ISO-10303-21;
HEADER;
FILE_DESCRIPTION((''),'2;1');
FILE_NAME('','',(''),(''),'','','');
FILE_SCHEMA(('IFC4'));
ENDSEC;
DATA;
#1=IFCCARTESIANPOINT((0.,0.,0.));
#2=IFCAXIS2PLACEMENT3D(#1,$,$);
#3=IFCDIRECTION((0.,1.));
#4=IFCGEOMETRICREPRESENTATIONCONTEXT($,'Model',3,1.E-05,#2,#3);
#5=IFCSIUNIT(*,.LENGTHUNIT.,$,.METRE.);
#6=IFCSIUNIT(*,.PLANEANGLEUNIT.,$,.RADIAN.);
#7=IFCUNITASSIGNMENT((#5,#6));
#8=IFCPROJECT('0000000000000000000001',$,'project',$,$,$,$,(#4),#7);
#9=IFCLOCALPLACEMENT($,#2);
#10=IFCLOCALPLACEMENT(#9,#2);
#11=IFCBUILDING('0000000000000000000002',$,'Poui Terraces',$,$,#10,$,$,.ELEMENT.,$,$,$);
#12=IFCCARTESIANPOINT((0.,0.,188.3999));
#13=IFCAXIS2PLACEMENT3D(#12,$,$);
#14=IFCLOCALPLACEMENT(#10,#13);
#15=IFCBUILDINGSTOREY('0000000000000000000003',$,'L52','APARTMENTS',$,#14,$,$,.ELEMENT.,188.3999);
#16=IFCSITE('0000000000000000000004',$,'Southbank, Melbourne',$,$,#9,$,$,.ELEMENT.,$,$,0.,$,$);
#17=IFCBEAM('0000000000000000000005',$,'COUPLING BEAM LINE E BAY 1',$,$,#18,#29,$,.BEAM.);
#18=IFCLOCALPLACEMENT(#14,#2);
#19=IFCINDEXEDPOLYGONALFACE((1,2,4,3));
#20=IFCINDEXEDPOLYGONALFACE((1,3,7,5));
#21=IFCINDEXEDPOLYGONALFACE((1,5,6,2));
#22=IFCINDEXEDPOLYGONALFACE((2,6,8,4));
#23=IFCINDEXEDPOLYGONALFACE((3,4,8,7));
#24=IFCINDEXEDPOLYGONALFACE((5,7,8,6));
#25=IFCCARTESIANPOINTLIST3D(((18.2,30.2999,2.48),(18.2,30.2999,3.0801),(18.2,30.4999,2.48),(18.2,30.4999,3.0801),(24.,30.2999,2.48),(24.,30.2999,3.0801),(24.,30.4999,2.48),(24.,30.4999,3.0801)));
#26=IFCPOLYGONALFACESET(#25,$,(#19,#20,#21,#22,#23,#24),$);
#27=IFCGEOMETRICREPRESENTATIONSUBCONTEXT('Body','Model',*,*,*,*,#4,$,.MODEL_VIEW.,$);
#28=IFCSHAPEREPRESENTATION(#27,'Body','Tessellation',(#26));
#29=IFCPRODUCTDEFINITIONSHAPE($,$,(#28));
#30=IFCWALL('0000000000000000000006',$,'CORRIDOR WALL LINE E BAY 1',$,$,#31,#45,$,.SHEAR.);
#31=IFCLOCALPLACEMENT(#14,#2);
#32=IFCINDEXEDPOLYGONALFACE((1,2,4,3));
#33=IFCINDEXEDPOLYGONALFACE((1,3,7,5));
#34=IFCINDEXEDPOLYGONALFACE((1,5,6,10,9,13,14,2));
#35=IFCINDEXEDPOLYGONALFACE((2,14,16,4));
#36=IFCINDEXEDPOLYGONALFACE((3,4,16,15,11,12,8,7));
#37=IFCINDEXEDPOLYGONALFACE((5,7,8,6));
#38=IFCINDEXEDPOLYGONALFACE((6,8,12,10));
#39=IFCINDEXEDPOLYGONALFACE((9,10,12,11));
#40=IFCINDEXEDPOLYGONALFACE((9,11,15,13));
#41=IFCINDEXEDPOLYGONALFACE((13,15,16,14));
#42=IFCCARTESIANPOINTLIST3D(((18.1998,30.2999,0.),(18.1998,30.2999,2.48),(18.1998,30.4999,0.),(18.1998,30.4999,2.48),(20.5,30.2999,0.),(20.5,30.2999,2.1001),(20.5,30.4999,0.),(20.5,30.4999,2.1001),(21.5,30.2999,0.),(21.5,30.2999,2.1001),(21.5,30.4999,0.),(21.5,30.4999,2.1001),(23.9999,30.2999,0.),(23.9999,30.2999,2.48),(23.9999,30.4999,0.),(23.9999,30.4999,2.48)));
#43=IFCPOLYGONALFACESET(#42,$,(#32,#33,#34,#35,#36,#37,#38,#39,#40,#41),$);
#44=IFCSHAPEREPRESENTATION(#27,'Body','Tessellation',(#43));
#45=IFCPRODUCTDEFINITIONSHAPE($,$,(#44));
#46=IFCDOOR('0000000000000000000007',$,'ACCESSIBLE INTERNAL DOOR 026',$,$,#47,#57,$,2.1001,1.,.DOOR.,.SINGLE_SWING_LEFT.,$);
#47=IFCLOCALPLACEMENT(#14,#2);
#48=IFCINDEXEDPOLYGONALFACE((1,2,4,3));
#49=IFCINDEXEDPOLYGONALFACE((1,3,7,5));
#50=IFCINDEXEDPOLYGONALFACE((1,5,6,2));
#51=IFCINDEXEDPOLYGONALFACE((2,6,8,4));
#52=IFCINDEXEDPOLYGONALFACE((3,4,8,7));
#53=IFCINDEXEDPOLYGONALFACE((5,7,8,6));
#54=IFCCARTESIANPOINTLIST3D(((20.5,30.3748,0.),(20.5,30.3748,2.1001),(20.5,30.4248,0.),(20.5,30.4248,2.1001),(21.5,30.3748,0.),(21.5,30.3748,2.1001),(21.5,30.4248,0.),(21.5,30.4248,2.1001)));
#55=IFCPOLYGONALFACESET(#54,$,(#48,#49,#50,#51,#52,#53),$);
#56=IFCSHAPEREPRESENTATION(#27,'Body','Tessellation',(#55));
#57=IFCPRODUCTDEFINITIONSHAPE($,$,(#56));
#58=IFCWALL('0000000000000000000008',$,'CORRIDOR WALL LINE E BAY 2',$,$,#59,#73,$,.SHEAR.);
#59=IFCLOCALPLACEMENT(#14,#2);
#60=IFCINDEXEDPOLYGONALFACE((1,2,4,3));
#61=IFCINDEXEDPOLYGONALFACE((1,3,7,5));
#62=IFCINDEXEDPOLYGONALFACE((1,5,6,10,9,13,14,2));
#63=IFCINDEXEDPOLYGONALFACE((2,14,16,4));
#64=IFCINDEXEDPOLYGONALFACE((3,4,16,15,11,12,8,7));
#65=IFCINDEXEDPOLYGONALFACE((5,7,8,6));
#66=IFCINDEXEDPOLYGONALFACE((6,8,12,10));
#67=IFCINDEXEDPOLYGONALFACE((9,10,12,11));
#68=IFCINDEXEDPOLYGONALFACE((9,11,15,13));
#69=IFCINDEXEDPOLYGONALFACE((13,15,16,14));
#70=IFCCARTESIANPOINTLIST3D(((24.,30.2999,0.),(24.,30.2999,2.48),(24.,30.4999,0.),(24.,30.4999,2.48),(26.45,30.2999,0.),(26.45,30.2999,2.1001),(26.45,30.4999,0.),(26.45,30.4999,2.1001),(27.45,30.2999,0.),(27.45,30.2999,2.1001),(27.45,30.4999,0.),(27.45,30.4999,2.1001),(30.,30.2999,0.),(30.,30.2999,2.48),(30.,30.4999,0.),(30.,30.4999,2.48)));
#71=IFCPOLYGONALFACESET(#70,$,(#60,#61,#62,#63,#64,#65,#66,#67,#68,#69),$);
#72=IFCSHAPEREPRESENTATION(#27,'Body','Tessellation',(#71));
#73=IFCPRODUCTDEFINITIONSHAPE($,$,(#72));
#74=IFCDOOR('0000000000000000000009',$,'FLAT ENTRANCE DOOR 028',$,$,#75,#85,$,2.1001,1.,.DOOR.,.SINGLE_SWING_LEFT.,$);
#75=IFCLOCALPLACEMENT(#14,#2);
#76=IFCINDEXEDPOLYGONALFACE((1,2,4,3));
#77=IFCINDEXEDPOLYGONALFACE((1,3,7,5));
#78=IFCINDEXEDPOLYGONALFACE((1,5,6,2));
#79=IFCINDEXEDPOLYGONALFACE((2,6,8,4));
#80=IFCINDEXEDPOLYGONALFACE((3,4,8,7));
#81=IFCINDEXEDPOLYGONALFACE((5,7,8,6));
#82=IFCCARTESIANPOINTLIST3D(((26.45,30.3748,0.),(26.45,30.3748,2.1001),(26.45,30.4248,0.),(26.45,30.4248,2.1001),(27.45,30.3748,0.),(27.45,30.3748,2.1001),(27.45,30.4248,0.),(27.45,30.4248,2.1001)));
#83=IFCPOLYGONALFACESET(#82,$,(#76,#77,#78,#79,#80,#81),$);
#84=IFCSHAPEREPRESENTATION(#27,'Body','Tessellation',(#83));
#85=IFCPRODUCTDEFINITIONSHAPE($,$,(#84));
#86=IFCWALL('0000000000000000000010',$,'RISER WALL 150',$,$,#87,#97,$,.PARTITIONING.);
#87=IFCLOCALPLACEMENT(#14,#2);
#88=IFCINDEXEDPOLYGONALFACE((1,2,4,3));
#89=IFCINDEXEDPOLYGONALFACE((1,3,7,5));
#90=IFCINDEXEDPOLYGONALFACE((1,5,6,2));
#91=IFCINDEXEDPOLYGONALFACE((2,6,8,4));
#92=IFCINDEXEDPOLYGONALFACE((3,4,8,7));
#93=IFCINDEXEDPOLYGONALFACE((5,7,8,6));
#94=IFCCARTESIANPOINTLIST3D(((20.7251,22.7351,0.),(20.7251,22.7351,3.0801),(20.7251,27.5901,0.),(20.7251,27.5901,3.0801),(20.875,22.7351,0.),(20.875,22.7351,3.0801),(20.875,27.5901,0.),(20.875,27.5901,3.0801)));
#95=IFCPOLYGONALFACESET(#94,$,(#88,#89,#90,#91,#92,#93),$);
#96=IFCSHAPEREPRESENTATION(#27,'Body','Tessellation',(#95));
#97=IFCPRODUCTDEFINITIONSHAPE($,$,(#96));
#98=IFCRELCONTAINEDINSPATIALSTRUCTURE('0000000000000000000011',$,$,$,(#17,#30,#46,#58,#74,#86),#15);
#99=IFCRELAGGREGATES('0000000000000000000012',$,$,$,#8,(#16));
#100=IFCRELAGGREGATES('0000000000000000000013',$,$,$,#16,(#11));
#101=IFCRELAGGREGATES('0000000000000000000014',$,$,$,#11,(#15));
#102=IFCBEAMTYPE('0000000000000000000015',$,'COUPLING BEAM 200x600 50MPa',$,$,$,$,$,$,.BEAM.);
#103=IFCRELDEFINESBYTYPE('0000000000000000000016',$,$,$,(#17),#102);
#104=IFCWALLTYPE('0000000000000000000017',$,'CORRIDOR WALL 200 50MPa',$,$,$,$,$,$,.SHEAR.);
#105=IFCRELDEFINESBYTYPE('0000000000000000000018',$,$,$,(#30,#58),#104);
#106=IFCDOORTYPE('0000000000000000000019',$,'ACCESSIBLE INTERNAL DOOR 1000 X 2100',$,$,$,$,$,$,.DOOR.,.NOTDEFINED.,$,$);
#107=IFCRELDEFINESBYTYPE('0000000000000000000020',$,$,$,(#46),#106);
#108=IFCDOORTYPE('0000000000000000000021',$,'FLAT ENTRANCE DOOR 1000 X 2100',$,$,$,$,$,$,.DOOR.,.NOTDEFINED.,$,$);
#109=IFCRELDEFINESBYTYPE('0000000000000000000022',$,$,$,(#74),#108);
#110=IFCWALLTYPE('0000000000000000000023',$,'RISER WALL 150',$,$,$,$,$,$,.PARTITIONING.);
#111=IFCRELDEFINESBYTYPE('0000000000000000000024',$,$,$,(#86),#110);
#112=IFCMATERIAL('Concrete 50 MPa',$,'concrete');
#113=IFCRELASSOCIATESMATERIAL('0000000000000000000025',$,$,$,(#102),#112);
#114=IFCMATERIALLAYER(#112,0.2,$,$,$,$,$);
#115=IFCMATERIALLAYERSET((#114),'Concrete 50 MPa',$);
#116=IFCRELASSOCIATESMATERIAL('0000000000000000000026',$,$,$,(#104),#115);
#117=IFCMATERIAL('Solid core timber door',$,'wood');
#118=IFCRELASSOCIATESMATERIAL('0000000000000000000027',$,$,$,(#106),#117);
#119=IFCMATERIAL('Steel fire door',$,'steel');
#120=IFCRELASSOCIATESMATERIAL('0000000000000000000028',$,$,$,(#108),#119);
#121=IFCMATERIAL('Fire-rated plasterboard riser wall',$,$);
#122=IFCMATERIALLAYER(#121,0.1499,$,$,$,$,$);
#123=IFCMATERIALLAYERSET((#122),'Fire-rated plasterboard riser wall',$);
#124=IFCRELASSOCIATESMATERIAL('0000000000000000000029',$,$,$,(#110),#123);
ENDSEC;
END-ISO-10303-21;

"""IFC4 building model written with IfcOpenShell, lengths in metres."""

from ifc_helpers import new_model, si_unit, direction, frame, frame_2d, origin, origin_2d, place, context, subcontext, project, spatial, rectangle, extrude, source, transform, mapped, material, layer, layer_set, material_profile, profile_set, type_object, element, fill, save


model = new_model("IFC4")

# Units and contexts
model_context = context("Model", 3, precision=1e-05, world=origin(), true_north=direction((0.0, 1.0)))
body_context = subcontext(model_context, "Body", "Model", "MODEL_VIEW")
ifc_project = project(units=[si_unit("LENGTHUNIT", "METRE"), si_unit("PLANEANGLEUNIT", "RADIAN")], contexts=[model_context])

# Site, building, storey
site_placement = place(None, origin())
site = spatial("IfcSite", under=ifc_project, at=site_placement, Name="Southbank, Melbourne", CompositionType="ELEMENT", RefElevation=0.0)
building_placement = place(site_placement, origin())
building = spatial("IfcBuilding", under=site, at=building_placement, Name="Poui Terraces", CompositionType="ELEMENT")
storey_placement = place(building_placement, frame((0.0, 0.0, 188.3999)))
storey = spatial("IfcBuildingStorey", under=building, at=storey_placement, Name="L52", Description="APARTMENTS", CompositionType="ELEMENT", Elevation=188.3999)

# Beam
ifc_material_1 = material(Name="Concrete 50 MPa", Category="concrete")
ifc_material_profile = material_profile(ifc_material_1, rectangle(XDim=0.2, YDim=0.6001, at=origin_2d()), Name="RC 200x600")
ifc_profile_set = profile_set([ifc_material_profile], Name="Concrete 50 MPa")
beam_type = type_object("IfcBeamType", Name="COUPLING BEAM 200x600 50MPa", PredefinedType="BEAM", material=ifc_profile_set)
shared_shape = source(origin(), body_context, "Body", "SweptSolid", [
    extrude(rectangle(XDim=0.2, YDim=0.6001, at=origin_2d()), origin(), (0.0, 0.0, 1.0), 5.8),
])
beam_placement = place(storey_placement, frame((18.2, 30.3999, 2.78), z_axis=(1.0, 0.0, 0.0), x_axis=(0.0, 1.0, 0.0)))
element("IfcBeam", 1, at=beam_placement, inside=storey, type_object=beam_type, Name="COUPLING BEAM LINE E BAY 1", PredefinedType="BEAM", context=body_context, shape_type="MappedRepresentation", body=[
    mapped(shared_shape, transform((0.0, 0.0, 0.0))),
])

# Walls, openings, doors
ifc_layer_1 = layer(ifc_material_1, 0.2)
ifc_layer_set_1 = layer_set([ifc_layer_1], Name="Concrete 50 MPa")
wall_type_1 = type_object("IfcWallType", Name="CORRIDOR WALL 200 50MPa", PredefinedType="SHEAR", material=ifc_layer_set_1)
wall_1_placement = place(storey_placement, frame((18.2, 30.3999, 0.0), z_axis=(0.0, 0.0, 1.0), x_axis=(1.0, 0.0, 0.0)))
wall_1 = element("IfcWall", 2, at=wall_1_placement, inside=storey, type_object=wall_type_1, Name="CORRIDOR WALL LINE E BAY 1", PredefinedType="SHEAR", context=body_context, shape_type="SweptSolid", body=[
    extrude(rectangle(XDim=5.8, YDim=0.2, at=frame_2d((2.8999, 0.0))), origin(), (0.0, 0.0, 1.0), 2.48),
])
opening_1_placement = place(wall_1_placement, frame((2.3, 0.0, 0.0)))
opening_1 = element("IfcOpeningElement", 3, at=opening_1_placement, cuts=wall_1, PredefinedType="OPENING", context=body_context, shape_type="SweptSolid", body=[
    extrude(rectangle(XDim=1.0, YDim=2.1001, at=frame_2d((0.5, 1.05))), frame((0.0, 0.1099, 0.0), z_axis=(0.0, -1.0, 0.0), x_axis=(1.0, 0.0, 0.0)), (0.0, 0.0, 1.0), 0.22),
])
ifc_material_2 = material(Name="Solid core timber door", Category="wood")
door_type_1 = type_object("IfcDoorType", Name="ACCESSIBLE INTERNAL DOOR 1000 X 2100", OperationType="NOTDEFINED", PredefinedType="DOOR", material=ifc_material_2)
door_1_placement = place(opening_1_placement, origin())
door_1 = element("IfcDoor", 4, at=door_1_placement, inside=storey, type_object=door_type_1, Name="ACCESSIBLE INTERNAL DOOR 026", OperationType="SINGLE_SWING_LEFT", OverallHeight=2.1001, OverallWidth=1.0, PredefinedType="DOOR", context=body_context, shape_type="SweptSolid", body=[
    extrude(rectangle(XDim=1.0, YDim=2.1001, at=frame_2d((0.5, 1.05))), frame((0.0, 0.0249, 0.0), z_axis=(0.0, -1.0, 0.0), x_axis=(1.0, 0.0, 0.0)), (0.0, 0.0, 1.0), 0.05),
])
fill(opening_1, door_1)
wall_2_placement = place(storey_placement, frame((24.0, 30.3999, 0.0), z_axis=(0.0, 0.0, 1.0), x_axis=(1.0, 0.0, 0.0)))
wall_2 = element("IfcWall", 5, at=wall_2_placement, inside=storey, type_object=wall_type_1, Name="CORRIDOR WALL LINE E BAY 2", PredefinedType="SHEAR", context=body_context, shape_type="SweptSolid", body=[
    extrude(rectangle(XDim=6.0, YDim=0.2, at=frame_2d((3.0, 0.0))), origin(), (0.0, 0.0, 1.0), 2.48),
])
opening_2_placement = place(wall_2_placement, frame((2.45, 0.0, 0.0)))
opening_2 = element("IfcOpeningElement", 6, at=opening_2_placement, cuts=wall_2, PredefinedType="OPENING", context=body_context, shape_type="SweptSolid", body=[
    extrude(rectangle(XDim=1.0, YDim=2.1001, at=frame_2d((0.5, 1.05))), frame((0.0, 0.1099, 0.0), z_axis=(0.0, -1.0, 0.0), x_axis=(1.0, 0.0, 0.0)), (0.0, 0.0, 1.0), 0.22),
])
ifc_material_3 = material(Name="Steel fire door", Category="steel")
door_type_2 = type_object("IfcDoorType", Name="FLAT ENTRANCE DOOR 1000 X 2100", OperationType="NOTDEFINED", PredefinedType="DOOR", material=ifc_material_3)
door_2_placement = place(opening_2_placement, origin())
door_2 = element("IfcDoor", 7, at=door_2_placement, inside=storey, type_object=door_type_2, Name="FLAT ENTRANCE DOOR 028", OperationType="SINGLE_SWING_LEFT", OverallHeight=2.1001, OverallWidth=1.0, PredefinedType="DOOR", context=body_context, shape_type="SweptSolid", body=[
    extrude(rectangle(XDim=1.0, YDim=2.1001, at=frame_2d((0.5, 1.05))), frame((0.0, 0.0249, 0.0), z_axis=(0.0, -1.0, 0.0), x_axis=(1.0, 0.0, 0.0)), (0.0, 0.0, 1.0), 0.05),
])
fill(opening_2, door_2)

# Wall
ifc_material_4 = material(Name="Fire-rated plasterboard riser wall")
ifc_layer_2 = layer(ifc_material_4, 0.1499)
ifc_layer_set_2 = layer_set([ifc_layer_2], Name="Fire-rated plasterboard riser wall")
wall_type_2 = type_object("IfcWallType", Name="RISER WALL 150", PredefinedType="PARTITIONING", material=ifc_layer_set_2)
wall_3_placement = place(storey_placement, frame((20.8, 22.7351, 0.0), z_axis=(0.0, 0.0, 1.0), x_axis=(0.0, 1.0, 0.0)))
element("IfcWall", 8, at=wall_3_placement, inside=storey, type_object=wall_type_2, Name="RISER WALL 150", PredefinedType="PARTITIONING", context=body_context, shape_type="SweptSolid", body=[
    extrude(rectangle(XDim=4.855, YDim=0.1499, at=frame_2d((2.4275, 0.0))), origin(), (0.0, 0.0, 1.0), 3.0801),
])

save(model, "model.ifc")
